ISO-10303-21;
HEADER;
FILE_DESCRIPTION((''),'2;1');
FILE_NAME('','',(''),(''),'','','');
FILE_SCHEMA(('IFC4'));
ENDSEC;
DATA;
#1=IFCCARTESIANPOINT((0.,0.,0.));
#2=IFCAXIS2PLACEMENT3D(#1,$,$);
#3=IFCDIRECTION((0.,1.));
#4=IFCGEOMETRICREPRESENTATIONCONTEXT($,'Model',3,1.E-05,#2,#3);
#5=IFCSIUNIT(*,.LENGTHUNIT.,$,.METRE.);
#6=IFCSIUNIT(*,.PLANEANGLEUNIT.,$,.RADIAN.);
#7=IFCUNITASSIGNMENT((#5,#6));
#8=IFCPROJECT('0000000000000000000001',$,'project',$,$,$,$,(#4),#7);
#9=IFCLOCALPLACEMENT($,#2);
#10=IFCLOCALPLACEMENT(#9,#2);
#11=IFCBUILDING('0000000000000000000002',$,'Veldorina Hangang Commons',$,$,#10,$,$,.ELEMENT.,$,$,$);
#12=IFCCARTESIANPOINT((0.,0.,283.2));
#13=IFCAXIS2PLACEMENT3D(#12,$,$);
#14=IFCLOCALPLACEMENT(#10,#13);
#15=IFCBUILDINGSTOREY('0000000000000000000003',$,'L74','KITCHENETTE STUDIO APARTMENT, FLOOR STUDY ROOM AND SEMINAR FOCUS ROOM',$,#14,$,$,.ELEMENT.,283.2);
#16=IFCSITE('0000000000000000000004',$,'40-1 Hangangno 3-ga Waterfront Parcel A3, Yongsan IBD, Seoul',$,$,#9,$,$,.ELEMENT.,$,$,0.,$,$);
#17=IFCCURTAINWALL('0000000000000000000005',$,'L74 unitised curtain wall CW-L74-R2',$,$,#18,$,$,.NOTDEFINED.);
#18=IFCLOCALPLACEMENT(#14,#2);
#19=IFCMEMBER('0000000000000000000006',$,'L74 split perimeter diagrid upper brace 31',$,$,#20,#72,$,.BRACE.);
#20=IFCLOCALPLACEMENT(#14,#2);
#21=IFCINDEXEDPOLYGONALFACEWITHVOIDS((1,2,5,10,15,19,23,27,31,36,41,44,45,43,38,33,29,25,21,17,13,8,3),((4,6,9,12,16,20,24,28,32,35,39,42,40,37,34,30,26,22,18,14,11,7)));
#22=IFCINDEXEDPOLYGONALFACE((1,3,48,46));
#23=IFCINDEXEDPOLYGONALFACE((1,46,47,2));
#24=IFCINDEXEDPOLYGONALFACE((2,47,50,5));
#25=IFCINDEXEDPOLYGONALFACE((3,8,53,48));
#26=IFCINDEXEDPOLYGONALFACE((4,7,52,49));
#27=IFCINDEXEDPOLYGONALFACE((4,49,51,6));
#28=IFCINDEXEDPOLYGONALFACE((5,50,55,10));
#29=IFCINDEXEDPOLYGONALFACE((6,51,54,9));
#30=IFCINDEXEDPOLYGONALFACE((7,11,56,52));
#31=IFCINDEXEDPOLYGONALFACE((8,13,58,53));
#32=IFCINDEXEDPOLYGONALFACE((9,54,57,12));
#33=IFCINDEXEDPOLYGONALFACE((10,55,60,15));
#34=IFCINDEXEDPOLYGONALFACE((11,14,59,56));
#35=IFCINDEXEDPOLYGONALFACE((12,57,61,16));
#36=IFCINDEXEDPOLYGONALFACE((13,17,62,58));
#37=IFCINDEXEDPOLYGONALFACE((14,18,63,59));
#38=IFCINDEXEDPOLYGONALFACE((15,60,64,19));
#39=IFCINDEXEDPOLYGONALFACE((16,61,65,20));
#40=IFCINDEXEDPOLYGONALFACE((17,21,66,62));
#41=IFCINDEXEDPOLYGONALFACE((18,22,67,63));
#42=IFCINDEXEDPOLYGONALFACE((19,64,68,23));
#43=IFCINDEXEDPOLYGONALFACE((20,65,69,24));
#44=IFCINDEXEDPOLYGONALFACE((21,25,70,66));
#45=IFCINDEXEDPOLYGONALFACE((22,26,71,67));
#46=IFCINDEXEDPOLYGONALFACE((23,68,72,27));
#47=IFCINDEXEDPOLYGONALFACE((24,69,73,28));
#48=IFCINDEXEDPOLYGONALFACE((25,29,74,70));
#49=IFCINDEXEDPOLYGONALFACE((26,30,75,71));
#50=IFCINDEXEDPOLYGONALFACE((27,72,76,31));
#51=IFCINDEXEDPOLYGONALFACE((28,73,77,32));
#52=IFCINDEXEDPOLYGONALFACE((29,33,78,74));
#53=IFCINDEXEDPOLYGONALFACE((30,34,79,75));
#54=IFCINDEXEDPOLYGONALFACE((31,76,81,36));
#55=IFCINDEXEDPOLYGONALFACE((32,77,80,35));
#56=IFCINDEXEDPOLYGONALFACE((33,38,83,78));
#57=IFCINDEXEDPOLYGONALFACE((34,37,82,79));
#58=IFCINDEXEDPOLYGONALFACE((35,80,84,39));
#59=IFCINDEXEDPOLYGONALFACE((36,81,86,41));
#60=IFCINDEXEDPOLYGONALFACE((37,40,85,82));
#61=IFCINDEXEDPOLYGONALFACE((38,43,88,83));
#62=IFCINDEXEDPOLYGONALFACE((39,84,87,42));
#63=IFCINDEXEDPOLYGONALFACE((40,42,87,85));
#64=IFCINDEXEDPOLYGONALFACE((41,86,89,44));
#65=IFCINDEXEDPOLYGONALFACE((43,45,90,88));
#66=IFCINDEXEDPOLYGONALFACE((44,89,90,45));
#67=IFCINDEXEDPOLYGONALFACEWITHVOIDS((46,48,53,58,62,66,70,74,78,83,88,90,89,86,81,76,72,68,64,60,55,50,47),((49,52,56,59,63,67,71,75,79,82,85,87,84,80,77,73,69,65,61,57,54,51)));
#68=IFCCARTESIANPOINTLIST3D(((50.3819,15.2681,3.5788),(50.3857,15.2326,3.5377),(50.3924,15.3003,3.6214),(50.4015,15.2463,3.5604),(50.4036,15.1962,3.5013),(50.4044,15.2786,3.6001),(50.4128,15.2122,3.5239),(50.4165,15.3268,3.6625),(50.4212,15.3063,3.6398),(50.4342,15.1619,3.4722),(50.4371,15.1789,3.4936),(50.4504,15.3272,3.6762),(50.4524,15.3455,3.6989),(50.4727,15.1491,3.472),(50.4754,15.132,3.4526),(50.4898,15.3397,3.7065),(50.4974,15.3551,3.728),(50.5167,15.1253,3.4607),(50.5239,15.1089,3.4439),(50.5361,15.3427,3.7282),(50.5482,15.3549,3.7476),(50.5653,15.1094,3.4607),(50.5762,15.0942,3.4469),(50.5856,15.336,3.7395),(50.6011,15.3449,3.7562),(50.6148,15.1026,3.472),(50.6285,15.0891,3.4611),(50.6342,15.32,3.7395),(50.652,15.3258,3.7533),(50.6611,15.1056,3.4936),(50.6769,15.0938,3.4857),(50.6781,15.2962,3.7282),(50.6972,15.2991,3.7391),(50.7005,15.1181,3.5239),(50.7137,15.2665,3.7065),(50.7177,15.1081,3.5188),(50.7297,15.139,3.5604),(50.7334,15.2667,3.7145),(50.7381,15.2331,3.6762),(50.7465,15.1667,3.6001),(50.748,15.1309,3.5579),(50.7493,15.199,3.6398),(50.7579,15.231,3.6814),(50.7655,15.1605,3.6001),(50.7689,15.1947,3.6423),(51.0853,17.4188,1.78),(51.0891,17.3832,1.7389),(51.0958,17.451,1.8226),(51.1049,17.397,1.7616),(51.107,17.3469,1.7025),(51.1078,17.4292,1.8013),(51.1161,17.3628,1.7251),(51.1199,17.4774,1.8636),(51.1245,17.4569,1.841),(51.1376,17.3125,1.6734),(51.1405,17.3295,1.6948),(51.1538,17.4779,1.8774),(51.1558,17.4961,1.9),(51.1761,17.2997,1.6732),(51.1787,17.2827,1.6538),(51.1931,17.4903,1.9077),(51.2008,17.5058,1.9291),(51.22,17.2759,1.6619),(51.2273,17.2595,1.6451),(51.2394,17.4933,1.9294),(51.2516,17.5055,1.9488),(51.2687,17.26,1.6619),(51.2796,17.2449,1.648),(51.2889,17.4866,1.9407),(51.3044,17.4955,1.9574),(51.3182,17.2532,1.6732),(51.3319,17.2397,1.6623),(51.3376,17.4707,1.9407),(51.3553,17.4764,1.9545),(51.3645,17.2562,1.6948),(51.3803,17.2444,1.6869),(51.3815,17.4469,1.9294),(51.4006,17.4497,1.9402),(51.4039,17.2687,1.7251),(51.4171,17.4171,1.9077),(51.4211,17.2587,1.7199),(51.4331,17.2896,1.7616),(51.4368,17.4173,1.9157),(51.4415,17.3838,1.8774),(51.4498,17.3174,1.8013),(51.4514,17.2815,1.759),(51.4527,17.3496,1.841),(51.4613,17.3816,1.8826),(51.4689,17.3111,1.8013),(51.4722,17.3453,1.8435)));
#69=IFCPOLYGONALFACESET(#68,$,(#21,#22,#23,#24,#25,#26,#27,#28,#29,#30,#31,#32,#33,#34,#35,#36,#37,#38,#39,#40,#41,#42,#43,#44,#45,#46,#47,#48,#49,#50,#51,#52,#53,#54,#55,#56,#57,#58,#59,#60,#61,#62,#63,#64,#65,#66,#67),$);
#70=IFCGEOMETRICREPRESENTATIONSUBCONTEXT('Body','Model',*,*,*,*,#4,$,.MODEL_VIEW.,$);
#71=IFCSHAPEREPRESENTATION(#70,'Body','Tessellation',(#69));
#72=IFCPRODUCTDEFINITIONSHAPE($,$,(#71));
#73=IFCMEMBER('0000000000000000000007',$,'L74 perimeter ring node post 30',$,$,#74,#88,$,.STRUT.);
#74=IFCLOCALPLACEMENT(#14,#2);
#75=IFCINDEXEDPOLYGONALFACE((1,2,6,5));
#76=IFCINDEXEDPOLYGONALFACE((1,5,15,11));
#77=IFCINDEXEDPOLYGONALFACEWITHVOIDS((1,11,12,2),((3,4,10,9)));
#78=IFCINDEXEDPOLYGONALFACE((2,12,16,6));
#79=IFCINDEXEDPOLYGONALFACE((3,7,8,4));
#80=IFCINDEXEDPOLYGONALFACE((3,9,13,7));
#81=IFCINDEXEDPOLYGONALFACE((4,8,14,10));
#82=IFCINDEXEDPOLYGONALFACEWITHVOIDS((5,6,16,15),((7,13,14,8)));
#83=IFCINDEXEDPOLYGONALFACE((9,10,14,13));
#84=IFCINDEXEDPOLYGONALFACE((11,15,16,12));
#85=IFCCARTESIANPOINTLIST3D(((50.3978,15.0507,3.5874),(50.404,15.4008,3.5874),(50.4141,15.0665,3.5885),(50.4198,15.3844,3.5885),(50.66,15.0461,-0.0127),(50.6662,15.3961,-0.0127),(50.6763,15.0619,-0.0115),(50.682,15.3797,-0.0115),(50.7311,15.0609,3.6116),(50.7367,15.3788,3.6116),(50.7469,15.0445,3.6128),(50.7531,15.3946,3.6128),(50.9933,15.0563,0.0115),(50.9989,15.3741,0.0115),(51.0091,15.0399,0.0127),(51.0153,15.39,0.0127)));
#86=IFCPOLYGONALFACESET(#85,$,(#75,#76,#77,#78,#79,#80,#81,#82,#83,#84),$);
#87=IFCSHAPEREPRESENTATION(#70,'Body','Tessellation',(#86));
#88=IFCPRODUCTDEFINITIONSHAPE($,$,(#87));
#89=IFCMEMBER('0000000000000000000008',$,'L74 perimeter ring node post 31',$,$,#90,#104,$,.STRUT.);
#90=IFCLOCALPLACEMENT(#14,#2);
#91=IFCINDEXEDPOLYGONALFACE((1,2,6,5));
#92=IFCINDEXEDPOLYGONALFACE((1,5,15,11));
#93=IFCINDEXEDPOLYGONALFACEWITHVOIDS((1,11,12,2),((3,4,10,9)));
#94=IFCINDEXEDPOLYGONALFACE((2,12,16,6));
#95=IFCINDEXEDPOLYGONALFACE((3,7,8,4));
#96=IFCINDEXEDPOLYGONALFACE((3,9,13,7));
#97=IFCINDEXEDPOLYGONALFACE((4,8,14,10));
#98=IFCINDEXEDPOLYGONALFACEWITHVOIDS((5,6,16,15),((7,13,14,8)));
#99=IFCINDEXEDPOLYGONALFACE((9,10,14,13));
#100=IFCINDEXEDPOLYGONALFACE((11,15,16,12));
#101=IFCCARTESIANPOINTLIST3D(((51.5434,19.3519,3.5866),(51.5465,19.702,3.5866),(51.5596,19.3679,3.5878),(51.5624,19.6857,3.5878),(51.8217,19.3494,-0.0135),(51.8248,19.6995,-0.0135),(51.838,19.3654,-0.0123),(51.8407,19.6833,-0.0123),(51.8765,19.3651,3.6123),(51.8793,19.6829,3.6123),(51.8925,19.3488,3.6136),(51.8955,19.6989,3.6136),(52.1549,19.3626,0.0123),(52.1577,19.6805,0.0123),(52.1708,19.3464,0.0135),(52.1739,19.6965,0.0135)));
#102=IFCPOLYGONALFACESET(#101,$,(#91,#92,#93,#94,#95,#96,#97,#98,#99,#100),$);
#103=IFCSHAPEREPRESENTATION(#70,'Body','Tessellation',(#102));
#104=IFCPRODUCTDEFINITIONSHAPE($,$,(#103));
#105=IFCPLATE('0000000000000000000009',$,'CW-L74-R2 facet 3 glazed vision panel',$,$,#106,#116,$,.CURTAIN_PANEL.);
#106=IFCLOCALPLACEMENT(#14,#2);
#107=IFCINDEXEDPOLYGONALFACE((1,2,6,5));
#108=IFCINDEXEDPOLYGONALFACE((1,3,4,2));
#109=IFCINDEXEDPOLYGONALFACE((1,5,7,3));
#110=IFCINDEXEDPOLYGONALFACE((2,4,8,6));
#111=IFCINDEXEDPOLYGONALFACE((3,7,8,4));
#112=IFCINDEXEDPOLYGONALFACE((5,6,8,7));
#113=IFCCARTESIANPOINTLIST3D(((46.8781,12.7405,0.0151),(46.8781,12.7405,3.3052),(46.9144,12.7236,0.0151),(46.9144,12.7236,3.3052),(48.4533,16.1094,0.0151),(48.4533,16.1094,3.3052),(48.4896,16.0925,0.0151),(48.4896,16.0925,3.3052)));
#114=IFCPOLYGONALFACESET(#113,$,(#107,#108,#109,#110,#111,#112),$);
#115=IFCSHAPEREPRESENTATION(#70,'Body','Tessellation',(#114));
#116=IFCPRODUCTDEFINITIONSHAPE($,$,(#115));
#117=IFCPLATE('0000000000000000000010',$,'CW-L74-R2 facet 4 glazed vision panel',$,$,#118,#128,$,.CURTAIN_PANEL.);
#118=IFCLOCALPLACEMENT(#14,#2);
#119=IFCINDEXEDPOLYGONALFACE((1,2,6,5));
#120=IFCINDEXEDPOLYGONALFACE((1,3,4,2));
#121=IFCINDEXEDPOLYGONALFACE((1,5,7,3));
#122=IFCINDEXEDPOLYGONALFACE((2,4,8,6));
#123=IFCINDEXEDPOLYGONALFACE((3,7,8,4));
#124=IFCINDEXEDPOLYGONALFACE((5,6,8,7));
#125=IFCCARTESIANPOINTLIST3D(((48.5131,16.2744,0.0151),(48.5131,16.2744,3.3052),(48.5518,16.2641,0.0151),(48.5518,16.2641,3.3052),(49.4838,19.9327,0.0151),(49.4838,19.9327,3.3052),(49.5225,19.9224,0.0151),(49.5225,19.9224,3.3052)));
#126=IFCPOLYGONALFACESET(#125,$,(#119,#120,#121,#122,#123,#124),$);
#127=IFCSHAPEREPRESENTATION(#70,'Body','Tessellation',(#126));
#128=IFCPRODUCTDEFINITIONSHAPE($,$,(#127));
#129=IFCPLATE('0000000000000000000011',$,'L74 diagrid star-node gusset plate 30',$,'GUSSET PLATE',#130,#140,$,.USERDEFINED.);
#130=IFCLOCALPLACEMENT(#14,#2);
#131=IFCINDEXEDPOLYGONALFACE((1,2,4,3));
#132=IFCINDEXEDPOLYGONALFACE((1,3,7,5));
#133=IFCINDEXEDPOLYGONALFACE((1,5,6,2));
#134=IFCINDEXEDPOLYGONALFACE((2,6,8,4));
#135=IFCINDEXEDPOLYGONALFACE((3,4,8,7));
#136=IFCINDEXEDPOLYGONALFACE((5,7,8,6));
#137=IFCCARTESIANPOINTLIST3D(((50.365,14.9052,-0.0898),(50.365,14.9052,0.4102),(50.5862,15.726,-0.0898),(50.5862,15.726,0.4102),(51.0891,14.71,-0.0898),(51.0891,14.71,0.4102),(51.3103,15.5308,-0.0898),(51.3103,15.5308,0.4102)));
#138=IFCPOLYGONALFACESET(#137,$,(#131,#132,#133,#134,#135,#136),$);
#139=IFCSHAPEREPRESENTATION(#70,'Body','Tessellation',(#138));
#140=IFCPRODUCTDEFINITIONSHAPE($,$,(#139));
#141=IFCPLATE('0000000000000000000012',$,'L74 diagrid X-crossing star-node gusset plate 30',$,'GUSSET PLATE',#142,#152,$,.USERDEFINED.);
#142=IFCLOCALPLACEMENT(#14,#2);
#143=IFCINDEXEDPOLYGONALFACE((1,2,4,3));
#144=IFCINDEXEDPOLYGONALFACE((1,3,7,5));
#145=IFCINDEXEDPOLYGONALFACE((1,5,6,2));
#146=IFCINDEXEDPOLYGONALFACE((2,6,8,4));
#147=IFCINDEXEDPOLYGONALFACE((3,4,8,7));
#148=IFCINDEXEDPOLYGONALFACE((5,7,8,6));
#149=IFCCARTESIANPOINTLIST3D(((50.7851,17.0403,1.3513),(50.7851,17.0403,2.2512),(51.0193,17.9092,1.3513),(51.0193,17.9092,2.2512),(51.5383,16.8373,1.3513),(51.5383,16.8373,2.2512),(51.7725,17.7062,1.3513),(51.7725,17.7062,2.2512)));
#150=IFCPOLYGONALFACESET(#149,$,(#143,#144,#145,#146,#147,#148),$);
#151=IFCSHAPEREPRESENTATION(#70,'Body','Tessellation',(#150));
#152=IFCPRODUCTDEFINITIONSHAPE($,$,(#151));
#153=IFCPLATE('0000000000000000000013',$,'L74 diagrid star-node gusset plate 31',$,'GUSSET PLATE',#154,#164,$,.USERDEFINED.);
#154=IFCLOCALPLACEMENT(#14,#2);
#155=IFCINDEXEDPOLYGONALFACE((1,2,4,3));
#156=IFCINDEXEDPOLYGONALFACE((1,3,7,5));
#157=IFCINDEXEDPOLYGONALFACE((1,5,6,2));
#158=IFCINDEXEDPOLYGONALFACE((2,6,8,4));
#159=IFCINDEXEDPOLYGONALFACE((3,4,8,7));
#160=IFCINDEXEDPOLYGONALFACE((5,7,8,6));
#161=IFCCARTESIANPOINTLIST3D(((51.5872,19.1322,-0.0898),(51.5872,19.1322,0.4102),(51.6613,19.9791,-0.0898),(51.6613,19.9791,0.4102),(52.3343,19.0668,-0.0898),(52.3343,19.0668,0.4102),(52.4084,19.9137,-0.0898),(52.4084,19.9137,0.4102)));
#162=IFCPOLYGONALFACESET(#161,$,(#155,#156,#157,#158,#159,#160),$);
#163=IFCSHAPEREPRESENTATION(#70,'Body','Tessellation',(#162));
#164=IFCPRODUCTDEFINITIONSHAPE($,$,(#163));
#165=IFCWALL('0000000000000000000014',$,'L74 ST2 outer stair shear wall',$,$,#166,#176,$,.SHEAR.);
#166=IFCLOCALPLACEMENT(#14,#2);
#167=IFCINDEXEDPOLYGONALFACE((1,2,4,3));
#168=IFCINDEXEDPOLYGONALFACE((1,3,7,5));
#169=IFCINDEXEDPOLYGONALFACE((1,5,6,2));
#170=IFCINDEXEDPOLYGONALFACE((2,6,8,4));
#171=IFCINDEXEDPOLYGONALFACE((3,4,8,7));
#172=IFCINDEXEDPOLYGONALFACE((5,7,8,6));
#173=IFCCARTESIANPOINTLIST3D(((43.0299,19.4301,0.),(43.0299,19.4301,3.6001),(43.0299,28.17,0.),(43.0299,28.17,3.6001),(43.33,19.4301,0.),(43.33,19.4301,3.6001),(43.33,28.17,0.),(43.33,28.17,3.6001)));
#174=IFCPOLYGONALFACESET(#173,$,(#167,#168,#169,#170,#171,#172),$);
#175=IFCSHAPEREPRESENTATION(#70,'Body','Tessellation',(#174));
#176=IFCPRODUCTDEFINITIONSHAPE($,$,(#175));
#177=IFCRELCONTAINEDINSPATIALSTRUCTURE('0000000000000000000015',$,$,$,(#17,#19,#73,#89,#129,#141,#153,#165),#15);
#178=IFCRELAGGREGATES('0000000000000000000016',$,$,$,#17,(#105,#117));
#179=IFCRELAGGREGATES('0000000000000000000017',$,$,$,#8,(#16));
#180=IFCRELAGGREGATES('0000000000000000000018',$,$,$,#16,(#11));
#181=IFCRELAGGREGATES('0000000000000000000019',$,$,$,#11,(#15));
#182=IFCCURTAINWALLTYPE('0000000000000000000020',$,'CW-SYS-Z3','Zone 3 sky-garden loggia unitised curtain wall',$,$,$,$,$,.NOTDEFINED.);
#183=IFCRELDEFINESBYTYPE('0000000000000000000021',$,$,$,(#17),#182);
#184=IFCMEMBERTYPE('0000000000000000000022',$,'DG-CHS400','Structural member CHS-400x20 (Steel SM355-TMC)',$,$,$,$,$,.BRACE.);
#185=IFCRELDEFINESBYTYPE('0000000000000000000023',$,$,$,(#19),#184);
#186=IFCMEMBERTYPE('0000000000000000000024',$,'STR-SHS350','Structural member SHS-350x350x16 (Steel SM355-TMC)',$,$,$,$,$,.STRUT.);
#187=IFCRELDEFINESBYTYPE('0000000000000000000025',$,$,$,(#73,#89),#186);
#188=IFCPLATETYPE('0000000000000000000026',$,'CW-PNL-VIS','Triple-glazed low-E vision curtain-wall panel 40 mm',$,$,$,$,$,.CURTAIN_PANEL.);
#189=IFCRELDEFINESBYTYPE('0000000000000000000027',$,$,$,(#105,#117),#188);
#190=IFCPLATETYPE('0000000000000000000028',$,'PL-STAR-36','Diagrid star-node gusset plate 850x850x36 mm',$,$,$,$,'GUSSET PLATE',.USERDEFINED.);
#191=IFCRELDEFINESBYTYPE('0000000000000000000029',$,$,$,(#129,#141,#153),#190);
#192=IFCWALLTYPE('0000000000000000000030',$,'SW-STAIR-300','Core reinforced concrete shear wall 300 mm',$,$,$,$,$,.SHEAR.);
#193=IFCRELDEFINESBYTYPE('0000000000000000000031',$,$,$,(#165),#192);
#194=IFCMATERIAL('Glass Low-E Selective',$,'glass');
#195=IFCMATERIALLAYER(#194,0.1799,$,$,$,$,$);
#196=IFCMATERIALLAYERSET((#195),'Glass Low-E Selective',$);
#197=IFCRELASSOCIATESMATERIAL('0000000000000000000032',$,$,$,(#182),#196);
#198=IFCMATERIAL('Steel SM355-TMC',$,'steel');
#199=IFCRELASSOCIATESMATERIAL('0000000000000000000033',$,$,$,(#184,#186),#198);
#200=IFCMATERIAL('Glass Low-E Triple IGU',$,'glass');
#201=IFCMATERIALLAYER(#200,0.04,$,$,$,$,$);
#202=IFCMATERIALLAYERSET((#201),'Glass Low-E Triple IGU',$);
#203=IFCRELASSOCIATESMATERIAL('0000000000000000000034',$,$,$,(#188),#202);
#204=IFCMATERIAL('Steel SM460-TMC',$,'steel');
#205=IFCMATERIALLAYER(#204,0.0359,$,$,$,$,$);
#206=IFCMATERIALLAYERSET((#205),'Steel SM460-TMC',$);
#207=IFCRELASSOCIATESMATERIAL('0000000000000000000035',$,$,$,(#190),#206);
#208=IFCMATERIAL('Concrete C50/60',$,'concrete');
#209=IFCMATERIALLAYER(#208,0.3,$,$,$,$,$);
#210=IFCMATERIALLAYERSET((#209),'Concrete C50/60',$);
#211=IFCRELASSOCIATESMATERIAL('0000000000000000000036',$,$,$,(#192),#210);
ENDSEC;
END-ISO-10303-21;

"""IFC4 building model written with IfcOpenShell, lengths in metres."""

from ifc_helpers import new_model, si_unit, direction, frame, frame_2d, origin, origin_2d, place, context, subcontext, project, spatial, rectangle, hollow_rectangle, hollow_circle, extrude, material, layer, layer_set, material_profile, profile_set, type_object, element, aggregate, save


model = new_model("IFC4")

# Units and contexts
model_context = context("Model", 3, precision=1e-05, world=origin(), true_north=direction((0.0, 1.0)))
body_context = subcontext(model_context, "Body", "Model", "MODEL_VIEW")
ifc_project = project(units=[si_unit("LENGTHUNIT", "METRE"), si_unit("PLANEANGLEUNIT", "RADIAN")], contexts=[model_context])

# Site, building, storey
site_placement = place(None, origin())
site = spatial("IfcSite", under=ifc_project, at=site_placement, Name="40-1 Hangangno 3-ga Waterfront Parcel A3, Yongsan IBD, Seoul", CompositionType="ELEMENT", RefElevation=0.0)
building_placement = place(site_placement, origin())
building = spatial("IfcBuilding", under=site, at=building_placement, Name="Veldorina Hangang Commons", CompositionType="ELEMENT")
storey_placement = place(building_placement, frame((0.0, 0.0, 283.2)))
storey = spatial("IfcBuildingStorey", under=building, at=storey_placement, Name="L74", Description="KITCHENETTE STUDIO APARTMENT, FLOOR STUDY ROOM AND SEMINAR FOCUS ROOM", CompositionType="ELEMENT", Elevation=283.2)

# Shared definitions
ifc_material_1 = material(Name="Steel SM355-TMC", Category="steel")

# Curtain wall
ifc_material_2 = material(Name="Glass Low-E Selective", Category="glass")
ifc_layer_1 = layer(ifc_material_2, 0.1799)
ifc_layer_set_1 = layer_set([ifc_layer_1], Name="Glass Low-E Selective")
curtain_wall_type = type_object("IfcCurtainWallType", Name="CW-SYS-Z3", Description="Zone 3 sky-garden loggia unitised curtain wall", PredefinedType="NOTDEFINED", material=ifc_layer_set_1)
curtain_wall_placement = place(storey_placement, origin())
curtain_wall = element("IfcCurtainWall", 1, at=curtain_wall_placement, inside=storey, type_object=curtain_wall_type, Name="L74 unitised curtain wall CW-L74-R2", PredefinedType="NOTDEFINED")

# Members
ifc_material_profile_1 = material_profile(ifc_material_1, hollow_circle(Radius=0.2, WallThickness=0.02, at=origin_2d()), Name="CHS-400x20")
ifc_profile_set_1 = profile_set([ifc_material_profile_1], Name="Steel SM355-TMC")
member_type_1 = type_object("IfcMemberType", Name="DG-CHS400", Description="Structural member CHS-400x20 (Steel SM355-TMC)", PredefinedType="BRACE", material=ifc_profile_set_1)
member_1_placement = place(storey_placement, frame((51.2788, 17.3733, 1.8013), z_axis=(-0.243327, -0.744002, 0.622296), x_axis=(0.950459, -0.310849, 0.0)))
element("IfcMember", 2, at=member_1_placement, inside=storey, type_object=member_type_1, Name="L74 split perimeter diagrid upper brace 31", PredefinedType="BRACE", context=body_context, shape_type="SweptSolid", body=[
    extrude(hollow_circle(Radius=0.2, WallThickness=0.02, at=origin_2d()), origin(), (0.0, 0.0, 1.0), 2.8906),
])
ifc_material_profile_2 = material_profile(ifc_material_1, hollow_rectangle(XDim=0.3501, YDim=0.3501, WallThickness=0.0161, at=origin_2d()), Name="SHS-350x350x16")
ifc_profile_set_2 = profile_set([ifc_material_profile_2], Name="Steel SM355-TMC")
member_type_2 = type_object("IfcMemberType", Name="STR-SHS350", Description="Structural member SHS-350x350x16 (Steel SM355-TMC)", PredefinedType="STRUT", material=ifc_profile_set_2)
member_2_placement = place(storey_placement, frame((50.8376, 15.218, 0.0), z_axis=(-0.072641, 0.001285, 0.997357), x_axis=(-0.017688, -0.999844, 0.0)))
element("IfcMember", 3, at=member_2_placement, inside=storey, type_object=member_type_2, Name="L74 perimeter ring node post 30", PredefinedType="STRUT", context=body_context, shape_type="SweptSolid", body=[
    extrude(hollow_rectangle(XDim=0.3501, YDim=0.3501, WallThickness=0.0161, at=origin_2d()), origin(), (0.0, 0.0, 1.0), 3.6096),
])
member_3_placement = place(storey_placement, frame((51.9978, 19.5229, 0.0), z_axis=(-0.077079, 0.000676, 0.997025), x_axis=(-0.008772, -0.999962, 0.0)))
element("IfcMember", 4, at=member_3_placement, inside=storey, type_object=member_type_2, Name="L74 perimeter ring node post 31", PredefinedType="STRUT", context=body_context, shape_type="SweptSolid", body=[
    extrude(hollow_rectangle(XDim=0.3501, YDim=0.3501, WallThickness=0.0161, at=origin_2d()), origin(), (0.0, 0.0, 1.0), 3.6108),
])

# Plates
ifc_material_3 = material(Name="Glass Low-E Triple IGU", Category="glass")
ifc_layer_2 = layer(ifc_material_3, 0.04)
ifc_layer_set_2 = layer_set([ifc_layer_2], Name="Glass Low-E Triple IGU")
plate_type_1 = type_object("IfcPlateType", Name="CW-PNL-VIS", Description="Triple-glazed low-E vision curtain-wall panel 40 mm", PredefinedType="CURTAIN_PANEL", material=ifc_layer_set_2)
plate_1_placement = place(storey_placement, frame((47.6838, 14.4165, 0.0151), z_axis=(0.0, 0.0, 1.0), x_axis=(0.423551, 0.905872, 0.0)))
plate_1 = element("IfcPlate", 5, at=plate_1_placement, type_object=plate_type_1, Name="CW-L74-R2 facet 3 glazed vision panel", PredefinedType="CURTAIN_PANEL", context=body_context, shape_type="SweptSolid", body=[
    extrude(rectangle(XDim=3.719, YDim=0.04, at=origin_2d()), origin(), (0.0, 0.0, 1.0), 3.29),
])
plate_2_placement = place(storey_placement, frame((49.0178, 18.0984, 0.0151), z_axis=(0.0, 0.0, 1.0), x_axis=(0.256458, 0.966555, 0.0)))
plate_2 = element("IfcPlate", 6, at=plate_2_placement, type_object=plate_type_1, Name="CW-L74-R2 facet 4 glazed vision panel", PredefinedType="CURTAIN_PANEL", context=body_context, shape_type="SweptSolid", body=[
    extrude(rectangle(XDim=3.7849, YDim=0.04, at=origin_2d()), origin(), (0.0, 0.0, 1.0), 3.29),
])
aggregate(curtain_wall, [plate_1, plate_2])

# Plates
ifc_material_4 = material(Name="Steel SM460-TMC", Category="steel")
ifc_layer_3 = layer(ifc_material_4, 0.0359)
ifc_layer_set_3 = layer_set([ifc_layer_3], Name="Steel SM460-TMC")
plate_type_2 = type_object("IfcPlateType", Name="PL-STAR-36", Description="Diagrid star-node gusset plate 850x850x36 mm", ElementType="GUSSET PLATE", PredefinedType="USERDEFINED", material=ifc_layer_set_3)
plate_3_placement = place(storey_placement, frame((50.8376, 15.218, -0.0898), z_axis=(0.0, 0.0, 1.0), x_axis=(0.260235, 0.965545, 0.0)))
element("IfcPlate", 7, at=plate_3_placement, inside=storey, type_object=plate_type_2, Name="L74 diagrid star-node gusset plate 30", ObjectType="GUSSET PLATE", PredefinedType="USERDEFINED", context=body_context, shape_type="SweptSolid", body=[
    extrude(rectangle(XDim=0.8501, YDim=0.75, at=origin_2d()), origin(), (0.0, 0.0, 1.0), 0.5),
])
plate_4_placement = place(storey_placement, frame((51.2788, 17.3733, 1.3513), z_axis=(0.0, 0.0, 1.0), x_axis=(0.260235, 0.965545, 0.0)))
element("IfcPlate", 8, at=plate_4_placement, inside=storey, type_object=plate_type_2, Name="L74 diagrid X-crossing star-node gusset plate 30", ObjectType="GUSSET PLATE", PredefinedType="USERDEFINED", context=body_context, shape_type="SweptSolid", body=[
    extrude(rectangle(XDim=0.8999, YDim=0.78, at=origin_2d()), origin(), (0.0, 0.0, 1.0), 0.8999),
])
plate_5_placement = place(storey_placement, frame((51.9978, 19.5229, -0.0898), z_axis=(0.0, 0.0, 1.0), x_axis=(0.087173, 0.996193, 0.0)))
element("IfcPlate", 9, at=plate_5_placement, inside=storey, type_object=plate_type_2, Name="L74 diagrid star-node gusset plate 31", ObjectType="GUSSET PLATE", PredefinedType="USERDEFINED", context=body_context, shape_type="SweptSolid", body=[
    extrude(rectangle(XDim=0.8501, YDim=0.75, at=origin_2d()), origin(), (0.0, 0.0, 1.0), 0.5),
])

# Wall
ifc_material_5 = material(Name="Concrete C50/60", Category="concrete")
ifc_layer_4 = layer(ifc_material_5, 0.3)
ifc_layer_set_4 = layer_set([ifc_layer_4], Name="Concrete C50/60")
wall_type_1 = type_object("IfcWallType", Name="SW-STAIR-300", Description="Core reinforced concrete shear wall 300 mm", PredefinedType="SHEAR", material=ifc_layer_set_4)
wall_1_placement = place(storey_placement, frame((43.1799, 19.4299, 0.0), z_axis=(0.0, 0.0, 1.0), x_axis=(0.0, 1.0, 0.0)))
element("IfcWall", 10, at=wall_1_placement, inside=storey, type_object=wall_type_1, Name="L74 ST2 outer stair shear wall", PredefinedType="SHEAR", context=body_context, shape_type="SweptSolid", body=[
    extrude(rectangle(XDim=8.74, YDim=0.3, at=frame_2d((4.3701, 0.0))), origin(), (0.0, 0.0, 1.0), 3.6001),
])

save(model, "model.ifc")
